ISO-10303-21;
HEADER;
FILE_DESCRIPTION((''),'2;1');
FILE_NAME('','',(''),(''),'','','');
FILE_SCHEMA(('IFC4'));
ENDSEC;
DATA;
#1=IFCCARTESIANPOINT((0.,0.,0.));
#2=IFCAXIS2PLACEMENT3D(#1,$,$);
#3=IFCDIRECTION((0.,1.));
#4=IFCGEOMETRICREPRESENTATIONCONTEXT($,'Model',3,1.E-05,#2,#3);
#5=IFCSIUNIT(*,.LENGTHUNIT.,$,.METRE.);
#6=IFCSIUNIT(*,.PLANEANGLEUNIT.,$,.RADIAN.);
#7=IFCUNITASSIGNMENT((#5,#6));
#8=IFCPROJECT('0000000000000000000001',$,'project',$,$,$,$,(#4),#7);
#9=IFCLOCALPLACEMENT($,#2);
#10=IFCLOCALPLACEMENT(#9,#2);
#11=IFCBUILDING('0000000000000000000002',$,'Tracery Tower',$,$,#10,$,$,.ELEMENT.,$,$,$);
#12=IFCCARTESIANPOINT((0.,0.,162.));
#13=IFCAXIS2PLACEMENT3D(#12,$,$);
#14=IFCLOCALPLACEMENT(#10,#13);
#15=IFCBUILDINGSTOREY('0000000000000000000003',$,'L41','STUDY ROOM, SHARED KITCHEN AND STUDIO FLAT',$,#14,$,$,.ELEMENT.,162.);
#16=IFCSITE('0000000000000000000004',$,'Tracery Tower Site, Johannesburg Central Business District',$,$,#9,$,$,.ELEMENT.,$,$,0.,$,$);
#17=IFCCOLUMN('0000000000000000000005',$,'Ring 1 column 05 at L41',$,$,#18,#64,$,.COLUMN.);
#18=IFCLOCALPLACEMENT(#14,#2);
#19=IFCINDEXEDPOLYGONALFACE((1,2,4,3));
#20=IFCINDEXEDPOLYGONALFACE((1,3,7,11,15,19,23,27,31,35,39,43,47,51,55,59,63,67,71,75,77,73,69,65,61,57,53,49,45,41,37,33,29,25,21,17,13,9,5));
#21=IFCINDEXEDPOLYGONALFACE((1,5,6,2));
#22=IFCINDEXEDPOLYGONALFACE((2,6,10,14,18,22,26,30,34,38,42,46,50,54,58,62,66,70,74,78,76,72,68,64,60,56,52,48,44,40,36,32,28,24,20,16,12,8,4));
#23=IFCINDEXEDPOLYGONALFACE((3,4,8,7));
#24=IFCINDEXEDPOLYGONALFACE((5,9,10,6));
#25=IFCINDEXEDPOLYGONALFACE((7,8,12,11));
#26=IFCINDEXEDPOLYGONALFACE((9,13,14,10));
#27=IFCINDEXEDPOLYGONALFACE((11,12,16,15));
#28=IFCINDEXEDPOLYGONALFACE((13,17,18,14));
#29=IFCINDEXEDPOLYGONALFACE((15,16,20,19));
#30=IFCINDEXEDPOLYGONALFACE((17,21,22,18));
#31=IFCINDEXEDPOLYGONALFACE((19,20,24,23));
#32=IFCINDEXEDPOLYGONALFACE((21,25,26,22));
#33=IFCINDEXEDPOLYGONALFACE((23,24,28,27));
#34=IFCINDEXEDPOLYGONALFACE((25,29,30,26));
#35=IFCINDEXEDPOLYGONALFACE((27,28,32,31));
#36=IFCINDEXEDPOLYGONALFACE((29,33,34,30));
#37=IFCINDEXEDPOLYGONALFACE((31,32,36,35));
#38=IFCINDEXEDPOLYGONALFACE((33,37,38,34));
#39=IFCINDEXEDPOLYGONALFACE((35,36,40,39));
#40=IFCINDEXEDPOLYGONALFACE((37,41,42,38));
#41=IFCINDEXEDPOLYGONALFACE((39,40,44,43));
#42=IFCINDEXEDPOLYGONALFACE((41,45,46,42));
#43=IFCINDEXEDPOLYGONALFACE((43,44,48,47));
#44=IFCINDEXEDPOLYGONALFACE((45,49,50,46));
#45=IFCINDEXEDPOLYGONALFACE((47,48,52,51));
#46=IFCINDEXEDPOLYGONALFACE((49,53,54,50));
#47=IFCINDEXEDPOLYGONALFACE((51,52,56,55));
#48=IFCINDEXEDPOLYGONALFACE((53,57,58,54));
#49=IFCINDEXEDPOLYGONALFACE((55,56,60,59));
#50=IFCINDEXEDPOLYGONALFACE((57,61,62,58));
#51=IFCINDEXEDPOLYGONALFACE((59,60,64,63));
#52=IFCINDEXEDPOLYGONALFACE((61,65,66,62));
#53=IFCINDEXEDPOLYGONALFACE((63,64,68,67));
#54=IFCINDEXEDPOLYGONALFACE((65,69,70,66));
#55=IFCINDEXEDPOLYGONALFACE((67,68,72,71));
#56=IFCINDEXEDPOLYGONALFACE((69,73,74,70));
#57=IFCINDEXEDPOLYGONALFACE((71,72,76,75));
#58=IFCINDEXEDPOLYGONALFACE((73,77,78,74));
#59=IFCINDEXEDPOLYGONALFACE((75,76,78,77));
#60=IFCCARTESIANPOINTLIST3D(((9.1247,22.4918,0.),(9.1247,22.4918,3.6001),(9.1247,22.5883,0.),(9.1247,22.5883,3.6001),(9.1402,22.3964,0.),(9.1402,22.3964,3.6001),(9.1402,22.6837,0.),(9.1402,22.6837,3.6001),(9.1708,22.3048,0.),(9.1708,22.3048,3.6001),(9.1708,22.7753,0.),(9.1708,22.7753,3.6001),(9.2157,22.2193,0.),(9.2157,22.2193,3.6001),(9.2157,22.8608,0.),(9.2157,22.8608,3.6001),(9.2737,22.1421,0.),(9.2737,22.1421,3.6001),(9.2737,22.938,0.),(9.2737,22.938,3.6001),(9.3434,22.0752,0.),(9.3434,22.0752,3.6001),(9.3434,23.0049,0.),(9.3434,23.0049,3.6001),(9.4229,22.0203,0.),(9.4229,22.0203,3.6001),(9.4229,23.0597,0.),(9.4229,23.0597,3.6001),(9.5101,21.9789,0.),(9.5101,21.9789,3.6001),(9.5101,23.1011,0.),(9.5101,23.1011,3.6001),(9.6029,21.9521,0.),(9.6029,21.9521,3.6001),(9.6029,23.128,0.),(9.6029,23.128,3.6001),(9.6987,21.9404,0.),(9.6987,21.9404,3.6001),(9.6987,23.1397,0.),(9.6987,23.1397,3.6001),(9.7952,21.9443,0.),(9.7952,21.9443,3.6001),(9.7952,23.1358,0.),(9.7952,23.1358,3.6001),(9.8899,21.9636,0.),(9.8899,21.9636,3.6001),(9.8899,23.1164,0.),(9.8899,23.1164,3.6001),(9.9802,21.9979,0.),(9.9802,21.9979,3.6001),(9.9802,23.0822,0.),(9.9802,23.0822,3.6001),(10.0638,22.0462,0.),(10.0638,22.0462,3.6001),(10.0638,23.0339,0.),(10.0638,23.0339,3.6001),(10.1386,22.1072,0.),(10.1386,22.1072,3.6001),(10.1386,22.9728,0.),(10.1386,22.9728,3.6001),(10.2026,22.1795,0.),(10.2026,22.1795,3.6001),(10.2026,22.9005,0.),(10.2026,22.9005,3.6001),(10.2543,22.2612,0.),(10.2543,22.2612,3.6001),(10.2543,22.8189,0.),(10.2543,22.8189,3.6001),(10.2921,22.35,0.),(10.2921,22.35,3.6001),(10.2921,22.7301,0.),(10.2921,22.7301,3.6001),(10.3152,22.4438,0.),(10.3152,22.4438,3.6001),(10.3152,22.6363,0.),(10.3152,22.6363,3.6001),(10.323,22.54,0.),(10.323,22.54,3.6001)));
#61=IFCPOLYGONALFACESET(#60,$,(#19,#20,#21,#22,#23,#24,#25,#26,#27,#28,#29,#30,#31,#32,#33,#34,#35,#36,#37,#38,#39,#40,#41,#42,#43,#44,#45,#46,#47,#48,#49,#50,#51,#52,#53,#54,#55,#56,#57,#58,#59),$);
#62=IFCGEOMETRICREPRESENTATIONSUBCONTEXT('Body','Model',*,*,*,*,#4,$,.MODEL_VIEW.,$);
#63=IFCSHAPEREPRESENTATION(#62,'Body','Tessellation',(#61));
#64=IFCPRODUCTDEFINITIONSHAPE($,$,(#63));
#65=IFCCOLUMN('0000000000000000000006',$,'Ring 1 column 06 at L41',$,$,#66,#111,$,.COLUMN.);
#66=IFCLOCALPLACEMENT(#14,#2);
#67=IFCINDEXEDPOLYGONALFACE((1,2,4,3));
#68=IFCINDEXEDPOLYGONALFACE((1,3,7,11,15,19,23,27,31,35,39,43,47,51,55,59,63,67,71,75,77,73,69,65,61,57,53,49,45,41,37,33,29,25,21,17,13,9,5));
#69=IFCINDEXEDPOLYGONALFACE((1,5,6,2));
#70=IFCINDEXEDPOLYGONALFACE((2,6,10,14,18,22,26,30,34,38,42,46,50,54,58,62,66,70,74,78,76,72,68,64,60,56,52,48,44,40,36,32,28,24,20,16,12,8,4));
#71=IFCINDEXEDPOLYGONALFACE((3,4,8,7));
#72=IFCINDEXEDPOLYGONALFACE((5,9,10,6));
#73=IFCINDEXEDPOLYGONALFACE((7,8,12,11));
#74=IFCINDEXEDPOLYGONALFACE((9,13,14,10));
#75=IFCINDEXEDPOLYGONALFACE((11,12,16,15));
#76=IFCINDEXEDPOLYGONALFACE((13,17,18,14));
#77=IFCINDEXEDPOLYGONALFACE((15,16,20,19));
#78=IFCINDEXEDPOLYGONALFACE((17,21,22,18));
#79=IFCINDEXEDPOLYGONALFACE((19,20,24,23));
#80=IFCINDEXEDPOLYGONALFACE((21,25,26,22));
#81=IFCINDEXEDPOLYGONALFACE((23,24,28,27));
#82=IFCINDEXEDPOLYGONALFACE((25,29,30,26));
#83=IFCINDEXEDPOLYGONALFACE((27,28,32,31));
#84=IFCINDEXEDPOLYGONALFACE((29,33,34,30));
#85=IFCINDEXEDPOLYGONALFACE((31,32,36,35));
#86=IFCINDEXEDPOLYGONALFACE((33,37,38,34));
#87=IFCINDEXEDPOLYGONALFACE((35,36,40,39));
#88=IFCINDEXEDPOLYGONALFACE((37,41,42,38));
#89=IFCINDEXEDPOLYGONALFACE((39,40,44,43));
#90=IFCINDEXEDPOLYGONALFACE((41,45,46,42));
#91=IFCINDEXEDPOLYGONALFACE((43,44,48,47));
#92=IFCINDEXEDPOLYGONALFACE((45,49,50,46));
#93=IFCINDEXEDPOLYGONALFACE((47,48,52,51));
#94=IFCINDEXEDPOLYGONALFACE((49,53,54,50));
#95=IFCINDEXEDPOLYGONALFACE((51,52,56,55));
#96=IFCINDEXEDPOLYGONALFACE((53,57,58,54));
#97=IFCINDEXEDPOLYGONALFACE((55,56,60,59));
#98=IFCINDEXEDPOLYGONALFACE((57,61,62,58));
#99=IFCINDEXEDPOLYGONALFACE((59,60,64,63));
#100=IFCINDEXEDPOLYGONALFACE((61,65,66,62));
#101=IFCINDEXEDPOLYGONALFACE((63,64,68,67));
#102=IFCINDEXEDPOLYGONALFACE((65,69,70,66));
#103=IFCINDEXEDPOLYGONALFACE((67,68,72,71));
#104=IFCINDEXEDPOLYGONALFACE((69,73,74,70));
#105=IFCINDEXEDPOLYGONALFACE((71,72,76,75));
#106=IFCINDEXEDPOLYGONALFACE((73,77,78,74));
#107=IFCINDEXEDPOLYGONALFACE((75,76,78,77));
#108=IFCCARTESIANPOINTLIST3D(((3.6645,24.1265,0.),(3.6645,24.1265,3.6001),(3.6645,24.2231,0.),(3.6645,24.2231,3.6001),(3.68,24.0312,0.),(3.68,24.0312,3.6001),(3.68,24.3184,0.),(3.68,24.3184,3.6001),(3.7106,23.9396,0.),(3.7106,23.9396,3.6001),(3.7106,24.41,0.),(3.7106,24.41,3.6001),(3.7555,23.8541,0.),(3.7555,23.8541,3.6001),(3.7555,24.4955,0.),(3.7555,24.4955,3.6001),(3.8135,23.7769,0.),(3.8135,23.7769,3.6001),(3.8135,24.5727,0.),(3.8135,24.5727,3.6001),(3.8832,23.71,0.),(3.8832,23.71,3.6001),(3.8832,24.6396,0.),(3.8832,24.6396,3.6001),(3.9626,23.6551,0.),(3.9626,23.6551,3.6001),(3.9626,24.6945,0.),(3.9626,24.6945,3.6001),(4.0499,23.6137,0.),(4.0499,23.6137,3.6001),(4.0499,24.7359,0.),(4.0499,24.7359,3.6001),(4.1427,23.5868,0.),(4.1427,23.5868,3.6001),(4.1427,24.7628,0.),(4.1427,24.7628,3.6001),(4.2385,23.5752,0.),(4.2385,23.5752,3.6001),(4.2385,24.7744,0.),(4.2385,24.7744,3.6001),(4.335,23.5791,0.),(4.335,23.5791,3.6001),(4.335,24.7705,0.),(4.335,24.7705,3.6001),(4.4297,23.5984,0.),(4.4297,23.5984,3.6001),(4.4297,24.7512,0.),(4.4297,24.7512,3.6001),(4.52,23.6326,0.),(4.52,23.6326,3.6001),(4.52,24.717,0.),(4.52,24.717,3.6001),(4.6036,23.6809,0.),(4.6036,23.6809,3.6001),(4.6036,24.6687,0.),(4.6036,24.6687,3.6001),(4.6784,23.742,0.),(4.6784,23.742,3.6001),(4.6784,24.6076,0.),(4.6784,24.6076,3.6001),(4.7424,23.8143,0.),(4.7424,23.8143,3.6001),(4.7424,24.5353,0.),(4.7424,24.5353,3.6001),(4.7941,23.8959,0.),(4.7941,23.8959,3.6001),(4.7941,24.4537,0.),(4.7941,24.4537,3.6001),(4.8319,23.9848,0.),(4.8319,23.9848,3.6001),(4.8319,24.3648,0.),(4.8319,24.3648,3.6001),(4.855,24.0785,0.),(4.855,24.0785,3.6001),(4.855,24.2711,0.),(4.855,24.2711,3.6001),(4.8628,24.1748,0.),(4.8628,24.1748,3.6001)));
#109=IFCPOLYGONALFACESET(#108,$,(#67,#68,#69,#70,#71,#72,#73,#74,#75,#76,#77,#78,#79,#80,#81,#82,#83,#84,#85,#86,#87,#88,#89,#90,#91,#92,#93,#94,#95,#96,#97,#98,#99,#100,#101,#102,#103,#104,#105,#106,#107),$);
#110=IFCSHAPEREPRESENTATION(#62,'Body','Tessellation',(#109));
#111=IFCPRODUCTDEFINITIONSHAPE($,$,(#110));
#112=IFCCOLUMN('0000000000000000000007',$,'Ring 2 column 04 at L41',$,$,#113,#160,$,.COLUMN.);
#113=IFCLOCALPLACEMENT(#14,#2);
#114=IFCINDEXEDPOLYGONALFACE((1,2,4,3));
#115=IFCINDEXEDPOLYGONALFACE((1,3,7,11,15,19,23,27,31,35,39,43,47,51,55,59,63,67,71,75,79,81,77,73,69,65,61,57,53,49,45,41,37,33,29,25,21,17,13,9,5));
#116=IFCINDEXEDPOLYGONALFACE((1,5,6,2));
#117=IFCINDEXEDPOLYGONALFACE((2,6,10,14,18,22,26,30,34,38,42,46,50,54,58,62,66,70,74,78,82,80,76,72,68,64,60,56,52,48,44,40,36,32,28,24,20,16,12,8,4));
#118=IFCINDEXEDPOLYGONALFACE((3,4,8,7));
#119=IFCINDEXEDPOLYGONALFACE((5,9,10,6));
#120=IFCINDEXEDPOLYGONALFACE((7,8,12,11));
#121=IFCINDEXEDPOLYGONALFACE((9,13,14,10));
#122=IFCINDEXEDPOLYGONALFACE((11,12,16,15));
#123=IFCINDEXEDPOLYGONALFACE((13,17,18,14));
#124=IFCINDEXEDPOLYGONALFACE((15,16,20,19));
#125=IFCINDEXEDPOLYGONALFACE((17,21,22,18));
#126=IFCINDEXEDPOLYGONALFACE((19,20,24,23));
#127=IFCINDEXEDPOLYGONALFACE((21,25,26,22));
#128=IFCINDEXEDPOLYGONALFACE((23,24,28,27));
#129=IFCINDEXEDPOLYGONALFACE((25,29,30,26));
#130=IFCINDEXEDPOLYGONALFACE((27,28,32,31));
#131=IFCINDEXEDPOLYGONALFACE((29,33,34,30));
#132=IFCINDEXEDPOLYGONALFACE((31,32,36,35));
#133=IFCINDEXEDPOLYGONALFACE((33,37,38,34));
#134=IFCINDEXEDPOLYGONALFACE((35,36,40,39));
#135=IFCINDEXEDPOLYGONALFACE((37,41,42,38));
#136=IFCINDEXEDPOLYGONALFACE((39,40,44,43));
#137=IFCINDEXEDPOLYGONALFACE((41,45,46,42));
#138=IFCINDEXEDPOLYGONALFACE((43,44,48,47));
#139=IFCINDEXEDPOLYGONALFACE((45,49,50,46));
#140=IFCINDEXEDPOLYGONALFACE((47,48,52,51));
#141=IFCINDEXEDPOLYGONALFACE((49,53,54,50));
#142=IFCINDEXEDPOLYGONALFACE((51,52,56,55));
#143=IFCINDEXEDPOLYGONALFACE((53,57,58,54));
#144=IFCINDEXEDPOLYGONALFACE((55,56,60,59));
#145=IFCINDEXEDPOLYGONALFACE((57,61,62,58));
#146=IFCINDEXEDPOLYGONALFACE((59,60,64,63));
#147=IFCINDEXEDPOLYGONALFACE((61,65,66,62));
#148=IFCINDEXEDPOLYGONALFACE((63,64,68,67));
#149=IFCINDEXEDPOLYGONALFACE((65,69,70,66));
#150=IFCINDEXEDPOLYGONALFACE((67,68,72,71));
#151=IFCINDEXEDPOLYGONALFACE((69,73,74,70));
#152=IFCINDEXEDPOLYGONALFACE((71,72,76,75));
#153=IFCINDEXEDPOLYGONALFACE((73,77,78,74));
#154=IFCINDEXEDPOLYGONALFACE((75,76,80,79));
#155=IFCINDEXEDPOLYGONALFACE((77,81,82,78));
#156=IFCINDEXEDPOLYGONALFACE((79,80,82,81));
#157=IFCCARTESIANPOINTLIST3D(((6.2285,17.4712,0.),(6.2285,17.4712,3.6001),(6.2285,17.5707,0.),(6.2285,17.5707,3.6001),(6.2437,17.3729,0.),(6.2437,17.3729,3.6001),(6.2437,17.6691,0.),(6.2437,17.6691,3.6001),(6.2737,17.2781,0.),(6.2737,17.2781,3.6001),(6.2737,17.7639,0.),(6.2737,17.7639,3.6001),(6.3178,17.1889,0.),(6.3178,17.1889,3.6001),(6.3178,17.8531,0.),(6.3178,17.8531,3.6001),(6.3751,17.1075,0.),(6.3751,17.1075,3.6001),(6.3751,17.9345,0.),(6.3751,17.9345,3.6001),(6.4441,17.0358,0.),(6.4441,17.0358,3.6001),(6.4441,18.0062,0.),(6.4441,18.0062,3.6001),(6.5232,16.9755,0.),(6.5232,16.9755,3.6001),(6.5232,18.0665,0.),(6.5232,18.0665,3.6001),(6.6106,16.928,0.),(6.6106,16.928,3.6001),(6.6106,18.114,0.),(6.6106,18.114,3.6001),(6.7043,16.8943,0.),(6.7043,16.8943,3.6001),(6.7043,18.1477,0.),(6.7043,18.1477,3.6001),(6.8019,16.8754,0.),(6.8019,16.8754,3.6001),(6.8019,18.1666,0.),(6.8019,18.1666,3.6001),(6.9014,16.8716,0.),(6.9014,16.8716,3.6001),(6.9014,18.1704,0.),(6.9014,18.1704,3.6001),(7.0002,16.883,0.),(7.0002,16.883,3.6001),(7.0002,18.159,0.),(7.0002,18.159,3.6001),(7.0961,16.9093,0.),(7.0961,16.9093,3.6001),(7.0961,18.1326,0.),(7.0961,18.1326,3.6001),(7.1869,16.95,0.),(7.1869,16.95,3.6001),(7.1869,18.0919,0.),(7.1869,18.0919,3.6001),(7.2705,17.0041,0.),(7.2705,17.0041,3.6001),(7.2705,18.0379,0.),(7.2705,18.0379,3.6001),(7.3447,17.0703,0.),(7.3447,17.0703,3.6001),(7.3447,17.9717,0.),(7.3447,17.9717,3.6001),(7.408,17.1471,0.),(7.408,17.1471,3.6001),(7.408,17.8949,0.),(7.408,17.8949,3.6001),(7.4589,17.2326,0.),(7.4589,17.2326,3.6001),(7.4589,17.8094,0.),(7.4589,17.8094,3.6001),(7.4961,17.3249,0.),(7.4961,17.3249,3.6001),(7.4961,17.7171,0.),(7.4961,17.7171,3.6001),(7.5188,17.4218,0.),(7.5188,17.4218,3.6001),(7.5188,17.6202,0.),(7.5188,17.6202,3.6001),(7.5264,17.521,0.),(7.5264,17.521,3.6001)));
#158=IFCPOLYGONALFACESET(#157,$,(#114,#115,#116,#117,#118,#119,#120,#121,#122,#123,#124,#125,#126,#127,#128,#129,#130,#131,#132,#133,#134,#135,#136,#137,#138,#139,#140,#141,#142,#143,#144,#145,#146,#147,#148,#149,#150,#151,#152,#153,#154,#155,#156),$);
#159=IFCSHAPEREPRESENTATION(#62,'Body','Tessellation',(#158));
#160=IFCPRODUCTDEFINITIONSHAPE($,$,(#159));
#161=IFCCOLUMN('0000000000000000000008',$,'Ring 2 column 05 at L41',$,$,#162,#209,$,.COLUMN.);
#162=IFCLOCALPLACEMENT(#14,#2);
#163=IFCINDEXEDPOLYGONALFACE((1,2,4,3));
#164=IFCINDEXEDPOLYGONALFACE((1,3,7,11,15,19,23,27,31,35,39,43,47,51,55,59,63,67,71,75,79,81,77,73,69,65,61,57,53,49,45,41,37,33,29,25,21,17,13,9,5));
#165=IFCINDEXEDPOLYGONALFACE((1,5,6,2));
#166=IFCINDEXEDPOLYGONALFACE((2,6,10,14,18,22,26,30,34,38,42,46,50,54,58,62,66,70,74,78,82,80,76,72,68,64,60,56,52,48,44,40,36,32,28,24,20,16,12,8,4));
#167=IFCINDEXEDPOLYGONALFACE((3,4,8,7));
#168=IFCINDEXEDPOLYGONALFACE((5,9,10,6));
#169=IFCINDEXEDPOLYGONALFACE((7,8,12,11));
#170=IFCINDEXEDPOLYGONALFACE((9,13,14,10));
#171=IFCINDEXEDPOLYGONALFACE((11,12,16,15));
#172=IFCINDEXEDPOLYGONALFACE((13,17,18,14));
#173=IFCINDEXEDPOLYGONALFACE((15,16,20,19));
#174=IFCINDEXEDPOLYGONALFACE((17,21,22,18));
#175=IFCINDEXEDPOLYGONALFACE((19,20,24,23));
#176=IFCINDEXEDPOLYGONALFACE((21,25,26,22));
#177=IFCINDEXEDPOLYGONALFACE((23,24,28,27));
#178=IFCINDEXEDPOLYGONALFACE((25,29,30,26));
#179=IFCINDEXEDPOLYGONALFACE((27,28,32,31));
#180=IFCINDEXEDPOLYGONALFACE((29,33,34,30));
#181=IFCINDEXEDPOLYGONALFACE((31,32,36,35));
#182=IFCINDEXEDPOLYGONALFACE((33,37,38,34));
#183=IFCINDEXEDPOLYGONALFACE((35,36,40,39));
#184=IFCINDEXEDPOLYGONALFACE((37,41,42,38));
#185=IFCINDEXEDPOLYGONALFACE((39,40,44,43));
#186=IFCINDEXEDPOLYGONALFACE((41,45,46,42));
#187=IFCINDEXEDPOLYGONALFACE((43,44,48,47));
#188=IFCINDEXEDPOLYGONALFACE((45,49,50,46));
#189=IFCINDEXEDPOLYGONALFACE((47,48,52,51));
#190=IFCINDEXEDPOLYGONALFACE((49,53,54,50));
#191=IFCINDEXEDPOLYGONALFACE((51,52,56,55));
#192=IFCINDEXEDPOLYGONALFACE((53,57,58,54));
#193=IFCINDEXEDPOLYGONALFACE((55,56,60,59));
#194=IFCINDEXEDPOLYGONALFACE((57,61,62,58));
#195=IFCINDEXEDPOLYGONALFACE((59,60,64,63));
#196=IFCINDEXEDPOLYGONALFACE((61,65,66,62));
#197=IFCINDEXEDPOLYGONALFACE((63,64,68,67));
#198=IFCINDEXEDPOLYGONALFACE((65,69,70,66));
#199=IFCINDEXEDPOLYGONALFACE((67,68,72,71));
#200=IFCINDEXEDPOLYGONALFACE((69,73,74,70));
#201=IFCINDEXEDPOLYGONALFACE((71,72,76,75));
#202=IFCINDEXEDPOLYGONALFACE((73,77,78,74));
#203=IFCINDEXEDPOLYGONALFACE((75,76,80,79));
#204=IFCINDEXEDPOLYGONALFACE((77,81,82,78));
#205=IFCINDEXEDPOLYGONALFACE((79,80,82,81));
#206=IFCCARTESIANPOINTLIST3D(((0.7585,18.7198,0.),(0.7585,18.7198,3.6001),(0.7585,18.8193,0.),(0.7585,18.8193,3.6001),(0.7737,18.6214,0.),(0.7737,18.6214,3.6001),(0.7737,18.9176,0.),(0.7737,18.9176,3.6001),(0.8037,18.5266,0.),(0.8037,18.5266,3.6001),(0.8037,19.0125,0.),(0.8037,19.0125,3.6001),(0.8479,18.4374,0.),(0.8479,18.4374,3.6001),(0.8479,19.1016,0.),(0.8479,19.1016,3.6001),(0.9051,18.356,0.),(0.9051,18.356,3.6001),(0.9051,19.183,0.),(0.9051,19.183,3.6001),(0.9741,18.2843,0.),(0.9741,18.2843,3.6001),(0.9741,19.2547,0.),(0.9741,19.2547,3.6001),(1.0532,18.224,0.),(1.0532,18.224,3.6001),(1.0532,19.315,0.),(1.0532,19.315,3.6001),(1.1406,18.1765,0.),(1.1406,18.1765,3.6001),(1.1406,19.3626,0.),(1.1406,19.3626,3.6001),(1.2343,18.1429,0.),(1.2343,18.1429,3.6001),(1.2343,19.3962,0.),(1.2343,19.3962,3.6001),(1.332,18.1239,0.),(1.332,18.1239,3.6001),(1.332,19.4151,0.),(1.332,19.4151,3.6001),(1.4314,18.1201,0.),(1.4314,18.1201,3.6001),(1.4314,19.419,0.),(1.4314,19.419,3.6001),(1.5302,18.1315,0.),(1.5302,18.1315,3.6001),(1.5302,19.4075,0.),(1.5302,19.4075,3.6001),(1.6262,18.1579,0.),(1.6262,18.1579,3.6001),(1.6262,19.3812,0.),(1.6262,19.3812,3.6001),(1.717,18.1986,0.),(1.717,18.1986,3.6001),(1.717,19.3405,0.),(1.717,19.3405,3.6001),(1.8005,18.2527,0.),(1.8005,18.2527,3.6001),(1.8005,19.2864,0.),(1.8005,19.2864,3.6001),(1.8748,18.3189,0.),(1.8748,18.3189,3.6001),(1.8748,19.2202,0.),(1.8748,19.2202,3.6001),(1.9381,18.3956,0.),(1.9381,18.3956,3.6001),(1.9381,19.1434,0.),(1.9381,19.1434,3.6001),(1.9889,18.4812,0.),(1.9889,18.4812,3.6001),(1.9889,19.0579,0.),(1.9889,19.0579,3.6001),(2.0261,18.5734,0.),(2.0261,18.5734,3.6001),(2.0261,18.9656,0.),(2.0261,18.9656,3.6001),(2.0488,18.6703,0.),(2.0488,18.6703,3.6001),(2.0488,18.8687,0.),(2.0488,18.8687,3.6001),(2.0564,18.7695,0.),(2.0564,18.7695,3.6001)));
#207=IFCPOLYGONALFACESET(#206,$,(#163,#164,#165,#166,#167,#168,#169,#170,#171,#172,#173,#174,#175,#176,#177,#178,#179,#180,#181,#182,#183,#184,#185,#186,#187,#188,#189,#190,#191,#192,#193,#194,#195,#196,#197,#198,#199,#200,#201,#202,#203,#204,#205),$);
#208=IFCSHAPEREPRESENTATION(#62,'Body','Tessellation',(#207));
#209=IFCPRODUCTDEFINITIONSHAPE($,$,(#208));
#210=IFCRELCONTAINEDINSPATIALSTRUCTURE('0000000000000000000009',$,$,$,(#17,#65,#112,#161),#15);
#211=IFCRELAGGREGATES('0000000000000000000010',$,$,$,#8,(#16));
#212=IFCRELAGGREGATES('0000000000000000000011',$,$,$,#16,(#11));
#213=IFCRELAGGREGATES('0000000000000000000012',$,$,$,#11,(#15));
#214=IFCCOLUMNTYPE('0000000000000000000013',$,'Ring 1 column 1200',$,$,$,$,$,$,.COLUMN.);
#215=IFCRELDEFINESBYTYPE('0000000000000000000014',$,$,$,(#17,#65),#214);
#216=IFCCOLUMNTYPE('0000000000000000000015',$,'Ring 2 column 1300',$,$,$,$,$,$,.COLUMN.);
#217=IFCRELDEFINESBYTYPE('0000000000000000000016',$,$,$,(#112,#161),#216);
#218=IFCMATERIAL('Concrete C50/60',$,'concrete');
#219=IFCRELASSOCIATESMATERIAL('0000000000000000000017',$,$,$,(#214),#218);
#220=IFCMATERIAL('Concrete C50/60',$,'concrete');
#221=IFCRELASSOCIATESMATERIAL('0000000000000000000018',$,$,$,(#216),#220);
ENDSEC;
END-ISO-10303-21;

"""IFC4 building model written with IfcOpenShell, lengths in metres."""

from ifc_helpers import new_model, si_unit, direction, frame, origin, origin_2d, place, context, subcontext, project, spatial, circle, extrude, material, material_profile, profile_set, type_object, element, save


model = new_model("IFC4")

# Units and contexts
model_context = context("Model", 3, precision=1e-05, world=origin(), true_north=direction((0.0, 1.0)))
body_context = subcontext(model_context, "Body", "Model", "MODEL_VIEW")
ifc_project = project(units=[si_unit("LENGTHUNIT", "METRE"), si_unit("PLANEANGLEUNIT", "RADIAN")], contexts=[model_context])

# Site, building, storey
site_placement = place(None, origin())
site = spatial("IfcSite", under=ifc_project, at=site_placement, Name="Tracery Tower Site, Johannesburg Central Business District", CompositionType="ELEMENT", RefElevation=0.0)
building_placement = place(site_placement, origin())
building = spatial("IfcBuilding", under=site, at=building_placement, Name="Tracery Tower", CompositionType="ELEMENT")
storey_placement = place(building_placement, frame((0.0, 0.0, 162.0)))
storey = spatial("IfcBuildingStorey", under=building, at=storey_placement, Name="L41", Description="STUDY ROOM, SHARED KITCHEN AND STUDIO FLAT", CompositionType="ELEMENT", Elevation=162.0)

# Columns
ifc_material_1 = material(Name="Concrete C50/60", Category="concrete")
ifc_material_profile_1 = material_profile(ifc_material_1, circle(Radius=0.6001, at=origin_2d()), Name="RC D1200")
ifc_profile_set_1 = profile_set([ifc_material_profile_1], Name="Concrete C50/60")
column_type_1 = type_object("IfcColumnType", Name="Ring 1 column 1200", PredefinedType="COLUMN", material=ifc_profile_set_1)
for number, where, z_axis, x_axis, name in (
    (1, (9.7229, 22.54, 0.0), (0.0, 0.0, 1.0), (1.0, 0.0, 0.0), "Ring 1 column 05 at L41"),
    (2, (4.2627, 24.1748, 0.0), (0.0, 0.0, 1.0), (1.0, 0.0, 0.0), "Ring 1 column 06 at L41"),
):
    element("IfcColumn", number, at=place(storey_placement, frame(where, z_axis=z_axis, x_axis=x_axis)), inside=storey, type_object=column_type_1, Name=name, PredefinedType="COLUMN", context=body_context, shape_type="SweptSolid", body=[
        extrude(circle(Radius=0.6001, at=origin_2d()), origin(), (0.0, 0.0, 1.0), 3.6001),
    ])
ifc_material_2 = material(Name="Concrete C50/60", Category="concrete")
ifc_material_profile_2 = material_profile(ifc_material_2, circle(Radius=0.6499, at=origin_2d()), Name="RC D1300")
ifc_profile_set_2 = profile_set([ifc_material_profile_2], Name="Concrete C50/60")
column_type_2 = type_object("IfcColumnType", Name="Ring 2 column 1300", PredefinedType="COLUMN", material=ifc_profile_set_2)
for number, where, z_axis, x_axis, name in (
    (3, (6.8765, 17.521, 0.0), (0.0, 0.0, 1.0), (1.0, 0.0, 0.0), "Ring 2 column 04 at L41"),
    (4, (1.4065, 18.7695, 0.0), (0.0, 0.0, 1.0), (1.0, 0.0, 0.0), "Ring 2 column 05 at L41"),
):
    element("IfcColumn", number, at=place(storey_placement, frame(where, z_axis=z_axis, x_axis=x_axis)), inside=storey, type_object=column_type_2, Name=name, PredefinedType="COLUMN", context=body_context, shape_type="SweptSolid", body=[
        extrude(circle(Radius=0.6499, at=origin_2d()), origin(), (0.0, 0.0, 1.0), 3.6001),
    ])

save(model, "model.ifc")
